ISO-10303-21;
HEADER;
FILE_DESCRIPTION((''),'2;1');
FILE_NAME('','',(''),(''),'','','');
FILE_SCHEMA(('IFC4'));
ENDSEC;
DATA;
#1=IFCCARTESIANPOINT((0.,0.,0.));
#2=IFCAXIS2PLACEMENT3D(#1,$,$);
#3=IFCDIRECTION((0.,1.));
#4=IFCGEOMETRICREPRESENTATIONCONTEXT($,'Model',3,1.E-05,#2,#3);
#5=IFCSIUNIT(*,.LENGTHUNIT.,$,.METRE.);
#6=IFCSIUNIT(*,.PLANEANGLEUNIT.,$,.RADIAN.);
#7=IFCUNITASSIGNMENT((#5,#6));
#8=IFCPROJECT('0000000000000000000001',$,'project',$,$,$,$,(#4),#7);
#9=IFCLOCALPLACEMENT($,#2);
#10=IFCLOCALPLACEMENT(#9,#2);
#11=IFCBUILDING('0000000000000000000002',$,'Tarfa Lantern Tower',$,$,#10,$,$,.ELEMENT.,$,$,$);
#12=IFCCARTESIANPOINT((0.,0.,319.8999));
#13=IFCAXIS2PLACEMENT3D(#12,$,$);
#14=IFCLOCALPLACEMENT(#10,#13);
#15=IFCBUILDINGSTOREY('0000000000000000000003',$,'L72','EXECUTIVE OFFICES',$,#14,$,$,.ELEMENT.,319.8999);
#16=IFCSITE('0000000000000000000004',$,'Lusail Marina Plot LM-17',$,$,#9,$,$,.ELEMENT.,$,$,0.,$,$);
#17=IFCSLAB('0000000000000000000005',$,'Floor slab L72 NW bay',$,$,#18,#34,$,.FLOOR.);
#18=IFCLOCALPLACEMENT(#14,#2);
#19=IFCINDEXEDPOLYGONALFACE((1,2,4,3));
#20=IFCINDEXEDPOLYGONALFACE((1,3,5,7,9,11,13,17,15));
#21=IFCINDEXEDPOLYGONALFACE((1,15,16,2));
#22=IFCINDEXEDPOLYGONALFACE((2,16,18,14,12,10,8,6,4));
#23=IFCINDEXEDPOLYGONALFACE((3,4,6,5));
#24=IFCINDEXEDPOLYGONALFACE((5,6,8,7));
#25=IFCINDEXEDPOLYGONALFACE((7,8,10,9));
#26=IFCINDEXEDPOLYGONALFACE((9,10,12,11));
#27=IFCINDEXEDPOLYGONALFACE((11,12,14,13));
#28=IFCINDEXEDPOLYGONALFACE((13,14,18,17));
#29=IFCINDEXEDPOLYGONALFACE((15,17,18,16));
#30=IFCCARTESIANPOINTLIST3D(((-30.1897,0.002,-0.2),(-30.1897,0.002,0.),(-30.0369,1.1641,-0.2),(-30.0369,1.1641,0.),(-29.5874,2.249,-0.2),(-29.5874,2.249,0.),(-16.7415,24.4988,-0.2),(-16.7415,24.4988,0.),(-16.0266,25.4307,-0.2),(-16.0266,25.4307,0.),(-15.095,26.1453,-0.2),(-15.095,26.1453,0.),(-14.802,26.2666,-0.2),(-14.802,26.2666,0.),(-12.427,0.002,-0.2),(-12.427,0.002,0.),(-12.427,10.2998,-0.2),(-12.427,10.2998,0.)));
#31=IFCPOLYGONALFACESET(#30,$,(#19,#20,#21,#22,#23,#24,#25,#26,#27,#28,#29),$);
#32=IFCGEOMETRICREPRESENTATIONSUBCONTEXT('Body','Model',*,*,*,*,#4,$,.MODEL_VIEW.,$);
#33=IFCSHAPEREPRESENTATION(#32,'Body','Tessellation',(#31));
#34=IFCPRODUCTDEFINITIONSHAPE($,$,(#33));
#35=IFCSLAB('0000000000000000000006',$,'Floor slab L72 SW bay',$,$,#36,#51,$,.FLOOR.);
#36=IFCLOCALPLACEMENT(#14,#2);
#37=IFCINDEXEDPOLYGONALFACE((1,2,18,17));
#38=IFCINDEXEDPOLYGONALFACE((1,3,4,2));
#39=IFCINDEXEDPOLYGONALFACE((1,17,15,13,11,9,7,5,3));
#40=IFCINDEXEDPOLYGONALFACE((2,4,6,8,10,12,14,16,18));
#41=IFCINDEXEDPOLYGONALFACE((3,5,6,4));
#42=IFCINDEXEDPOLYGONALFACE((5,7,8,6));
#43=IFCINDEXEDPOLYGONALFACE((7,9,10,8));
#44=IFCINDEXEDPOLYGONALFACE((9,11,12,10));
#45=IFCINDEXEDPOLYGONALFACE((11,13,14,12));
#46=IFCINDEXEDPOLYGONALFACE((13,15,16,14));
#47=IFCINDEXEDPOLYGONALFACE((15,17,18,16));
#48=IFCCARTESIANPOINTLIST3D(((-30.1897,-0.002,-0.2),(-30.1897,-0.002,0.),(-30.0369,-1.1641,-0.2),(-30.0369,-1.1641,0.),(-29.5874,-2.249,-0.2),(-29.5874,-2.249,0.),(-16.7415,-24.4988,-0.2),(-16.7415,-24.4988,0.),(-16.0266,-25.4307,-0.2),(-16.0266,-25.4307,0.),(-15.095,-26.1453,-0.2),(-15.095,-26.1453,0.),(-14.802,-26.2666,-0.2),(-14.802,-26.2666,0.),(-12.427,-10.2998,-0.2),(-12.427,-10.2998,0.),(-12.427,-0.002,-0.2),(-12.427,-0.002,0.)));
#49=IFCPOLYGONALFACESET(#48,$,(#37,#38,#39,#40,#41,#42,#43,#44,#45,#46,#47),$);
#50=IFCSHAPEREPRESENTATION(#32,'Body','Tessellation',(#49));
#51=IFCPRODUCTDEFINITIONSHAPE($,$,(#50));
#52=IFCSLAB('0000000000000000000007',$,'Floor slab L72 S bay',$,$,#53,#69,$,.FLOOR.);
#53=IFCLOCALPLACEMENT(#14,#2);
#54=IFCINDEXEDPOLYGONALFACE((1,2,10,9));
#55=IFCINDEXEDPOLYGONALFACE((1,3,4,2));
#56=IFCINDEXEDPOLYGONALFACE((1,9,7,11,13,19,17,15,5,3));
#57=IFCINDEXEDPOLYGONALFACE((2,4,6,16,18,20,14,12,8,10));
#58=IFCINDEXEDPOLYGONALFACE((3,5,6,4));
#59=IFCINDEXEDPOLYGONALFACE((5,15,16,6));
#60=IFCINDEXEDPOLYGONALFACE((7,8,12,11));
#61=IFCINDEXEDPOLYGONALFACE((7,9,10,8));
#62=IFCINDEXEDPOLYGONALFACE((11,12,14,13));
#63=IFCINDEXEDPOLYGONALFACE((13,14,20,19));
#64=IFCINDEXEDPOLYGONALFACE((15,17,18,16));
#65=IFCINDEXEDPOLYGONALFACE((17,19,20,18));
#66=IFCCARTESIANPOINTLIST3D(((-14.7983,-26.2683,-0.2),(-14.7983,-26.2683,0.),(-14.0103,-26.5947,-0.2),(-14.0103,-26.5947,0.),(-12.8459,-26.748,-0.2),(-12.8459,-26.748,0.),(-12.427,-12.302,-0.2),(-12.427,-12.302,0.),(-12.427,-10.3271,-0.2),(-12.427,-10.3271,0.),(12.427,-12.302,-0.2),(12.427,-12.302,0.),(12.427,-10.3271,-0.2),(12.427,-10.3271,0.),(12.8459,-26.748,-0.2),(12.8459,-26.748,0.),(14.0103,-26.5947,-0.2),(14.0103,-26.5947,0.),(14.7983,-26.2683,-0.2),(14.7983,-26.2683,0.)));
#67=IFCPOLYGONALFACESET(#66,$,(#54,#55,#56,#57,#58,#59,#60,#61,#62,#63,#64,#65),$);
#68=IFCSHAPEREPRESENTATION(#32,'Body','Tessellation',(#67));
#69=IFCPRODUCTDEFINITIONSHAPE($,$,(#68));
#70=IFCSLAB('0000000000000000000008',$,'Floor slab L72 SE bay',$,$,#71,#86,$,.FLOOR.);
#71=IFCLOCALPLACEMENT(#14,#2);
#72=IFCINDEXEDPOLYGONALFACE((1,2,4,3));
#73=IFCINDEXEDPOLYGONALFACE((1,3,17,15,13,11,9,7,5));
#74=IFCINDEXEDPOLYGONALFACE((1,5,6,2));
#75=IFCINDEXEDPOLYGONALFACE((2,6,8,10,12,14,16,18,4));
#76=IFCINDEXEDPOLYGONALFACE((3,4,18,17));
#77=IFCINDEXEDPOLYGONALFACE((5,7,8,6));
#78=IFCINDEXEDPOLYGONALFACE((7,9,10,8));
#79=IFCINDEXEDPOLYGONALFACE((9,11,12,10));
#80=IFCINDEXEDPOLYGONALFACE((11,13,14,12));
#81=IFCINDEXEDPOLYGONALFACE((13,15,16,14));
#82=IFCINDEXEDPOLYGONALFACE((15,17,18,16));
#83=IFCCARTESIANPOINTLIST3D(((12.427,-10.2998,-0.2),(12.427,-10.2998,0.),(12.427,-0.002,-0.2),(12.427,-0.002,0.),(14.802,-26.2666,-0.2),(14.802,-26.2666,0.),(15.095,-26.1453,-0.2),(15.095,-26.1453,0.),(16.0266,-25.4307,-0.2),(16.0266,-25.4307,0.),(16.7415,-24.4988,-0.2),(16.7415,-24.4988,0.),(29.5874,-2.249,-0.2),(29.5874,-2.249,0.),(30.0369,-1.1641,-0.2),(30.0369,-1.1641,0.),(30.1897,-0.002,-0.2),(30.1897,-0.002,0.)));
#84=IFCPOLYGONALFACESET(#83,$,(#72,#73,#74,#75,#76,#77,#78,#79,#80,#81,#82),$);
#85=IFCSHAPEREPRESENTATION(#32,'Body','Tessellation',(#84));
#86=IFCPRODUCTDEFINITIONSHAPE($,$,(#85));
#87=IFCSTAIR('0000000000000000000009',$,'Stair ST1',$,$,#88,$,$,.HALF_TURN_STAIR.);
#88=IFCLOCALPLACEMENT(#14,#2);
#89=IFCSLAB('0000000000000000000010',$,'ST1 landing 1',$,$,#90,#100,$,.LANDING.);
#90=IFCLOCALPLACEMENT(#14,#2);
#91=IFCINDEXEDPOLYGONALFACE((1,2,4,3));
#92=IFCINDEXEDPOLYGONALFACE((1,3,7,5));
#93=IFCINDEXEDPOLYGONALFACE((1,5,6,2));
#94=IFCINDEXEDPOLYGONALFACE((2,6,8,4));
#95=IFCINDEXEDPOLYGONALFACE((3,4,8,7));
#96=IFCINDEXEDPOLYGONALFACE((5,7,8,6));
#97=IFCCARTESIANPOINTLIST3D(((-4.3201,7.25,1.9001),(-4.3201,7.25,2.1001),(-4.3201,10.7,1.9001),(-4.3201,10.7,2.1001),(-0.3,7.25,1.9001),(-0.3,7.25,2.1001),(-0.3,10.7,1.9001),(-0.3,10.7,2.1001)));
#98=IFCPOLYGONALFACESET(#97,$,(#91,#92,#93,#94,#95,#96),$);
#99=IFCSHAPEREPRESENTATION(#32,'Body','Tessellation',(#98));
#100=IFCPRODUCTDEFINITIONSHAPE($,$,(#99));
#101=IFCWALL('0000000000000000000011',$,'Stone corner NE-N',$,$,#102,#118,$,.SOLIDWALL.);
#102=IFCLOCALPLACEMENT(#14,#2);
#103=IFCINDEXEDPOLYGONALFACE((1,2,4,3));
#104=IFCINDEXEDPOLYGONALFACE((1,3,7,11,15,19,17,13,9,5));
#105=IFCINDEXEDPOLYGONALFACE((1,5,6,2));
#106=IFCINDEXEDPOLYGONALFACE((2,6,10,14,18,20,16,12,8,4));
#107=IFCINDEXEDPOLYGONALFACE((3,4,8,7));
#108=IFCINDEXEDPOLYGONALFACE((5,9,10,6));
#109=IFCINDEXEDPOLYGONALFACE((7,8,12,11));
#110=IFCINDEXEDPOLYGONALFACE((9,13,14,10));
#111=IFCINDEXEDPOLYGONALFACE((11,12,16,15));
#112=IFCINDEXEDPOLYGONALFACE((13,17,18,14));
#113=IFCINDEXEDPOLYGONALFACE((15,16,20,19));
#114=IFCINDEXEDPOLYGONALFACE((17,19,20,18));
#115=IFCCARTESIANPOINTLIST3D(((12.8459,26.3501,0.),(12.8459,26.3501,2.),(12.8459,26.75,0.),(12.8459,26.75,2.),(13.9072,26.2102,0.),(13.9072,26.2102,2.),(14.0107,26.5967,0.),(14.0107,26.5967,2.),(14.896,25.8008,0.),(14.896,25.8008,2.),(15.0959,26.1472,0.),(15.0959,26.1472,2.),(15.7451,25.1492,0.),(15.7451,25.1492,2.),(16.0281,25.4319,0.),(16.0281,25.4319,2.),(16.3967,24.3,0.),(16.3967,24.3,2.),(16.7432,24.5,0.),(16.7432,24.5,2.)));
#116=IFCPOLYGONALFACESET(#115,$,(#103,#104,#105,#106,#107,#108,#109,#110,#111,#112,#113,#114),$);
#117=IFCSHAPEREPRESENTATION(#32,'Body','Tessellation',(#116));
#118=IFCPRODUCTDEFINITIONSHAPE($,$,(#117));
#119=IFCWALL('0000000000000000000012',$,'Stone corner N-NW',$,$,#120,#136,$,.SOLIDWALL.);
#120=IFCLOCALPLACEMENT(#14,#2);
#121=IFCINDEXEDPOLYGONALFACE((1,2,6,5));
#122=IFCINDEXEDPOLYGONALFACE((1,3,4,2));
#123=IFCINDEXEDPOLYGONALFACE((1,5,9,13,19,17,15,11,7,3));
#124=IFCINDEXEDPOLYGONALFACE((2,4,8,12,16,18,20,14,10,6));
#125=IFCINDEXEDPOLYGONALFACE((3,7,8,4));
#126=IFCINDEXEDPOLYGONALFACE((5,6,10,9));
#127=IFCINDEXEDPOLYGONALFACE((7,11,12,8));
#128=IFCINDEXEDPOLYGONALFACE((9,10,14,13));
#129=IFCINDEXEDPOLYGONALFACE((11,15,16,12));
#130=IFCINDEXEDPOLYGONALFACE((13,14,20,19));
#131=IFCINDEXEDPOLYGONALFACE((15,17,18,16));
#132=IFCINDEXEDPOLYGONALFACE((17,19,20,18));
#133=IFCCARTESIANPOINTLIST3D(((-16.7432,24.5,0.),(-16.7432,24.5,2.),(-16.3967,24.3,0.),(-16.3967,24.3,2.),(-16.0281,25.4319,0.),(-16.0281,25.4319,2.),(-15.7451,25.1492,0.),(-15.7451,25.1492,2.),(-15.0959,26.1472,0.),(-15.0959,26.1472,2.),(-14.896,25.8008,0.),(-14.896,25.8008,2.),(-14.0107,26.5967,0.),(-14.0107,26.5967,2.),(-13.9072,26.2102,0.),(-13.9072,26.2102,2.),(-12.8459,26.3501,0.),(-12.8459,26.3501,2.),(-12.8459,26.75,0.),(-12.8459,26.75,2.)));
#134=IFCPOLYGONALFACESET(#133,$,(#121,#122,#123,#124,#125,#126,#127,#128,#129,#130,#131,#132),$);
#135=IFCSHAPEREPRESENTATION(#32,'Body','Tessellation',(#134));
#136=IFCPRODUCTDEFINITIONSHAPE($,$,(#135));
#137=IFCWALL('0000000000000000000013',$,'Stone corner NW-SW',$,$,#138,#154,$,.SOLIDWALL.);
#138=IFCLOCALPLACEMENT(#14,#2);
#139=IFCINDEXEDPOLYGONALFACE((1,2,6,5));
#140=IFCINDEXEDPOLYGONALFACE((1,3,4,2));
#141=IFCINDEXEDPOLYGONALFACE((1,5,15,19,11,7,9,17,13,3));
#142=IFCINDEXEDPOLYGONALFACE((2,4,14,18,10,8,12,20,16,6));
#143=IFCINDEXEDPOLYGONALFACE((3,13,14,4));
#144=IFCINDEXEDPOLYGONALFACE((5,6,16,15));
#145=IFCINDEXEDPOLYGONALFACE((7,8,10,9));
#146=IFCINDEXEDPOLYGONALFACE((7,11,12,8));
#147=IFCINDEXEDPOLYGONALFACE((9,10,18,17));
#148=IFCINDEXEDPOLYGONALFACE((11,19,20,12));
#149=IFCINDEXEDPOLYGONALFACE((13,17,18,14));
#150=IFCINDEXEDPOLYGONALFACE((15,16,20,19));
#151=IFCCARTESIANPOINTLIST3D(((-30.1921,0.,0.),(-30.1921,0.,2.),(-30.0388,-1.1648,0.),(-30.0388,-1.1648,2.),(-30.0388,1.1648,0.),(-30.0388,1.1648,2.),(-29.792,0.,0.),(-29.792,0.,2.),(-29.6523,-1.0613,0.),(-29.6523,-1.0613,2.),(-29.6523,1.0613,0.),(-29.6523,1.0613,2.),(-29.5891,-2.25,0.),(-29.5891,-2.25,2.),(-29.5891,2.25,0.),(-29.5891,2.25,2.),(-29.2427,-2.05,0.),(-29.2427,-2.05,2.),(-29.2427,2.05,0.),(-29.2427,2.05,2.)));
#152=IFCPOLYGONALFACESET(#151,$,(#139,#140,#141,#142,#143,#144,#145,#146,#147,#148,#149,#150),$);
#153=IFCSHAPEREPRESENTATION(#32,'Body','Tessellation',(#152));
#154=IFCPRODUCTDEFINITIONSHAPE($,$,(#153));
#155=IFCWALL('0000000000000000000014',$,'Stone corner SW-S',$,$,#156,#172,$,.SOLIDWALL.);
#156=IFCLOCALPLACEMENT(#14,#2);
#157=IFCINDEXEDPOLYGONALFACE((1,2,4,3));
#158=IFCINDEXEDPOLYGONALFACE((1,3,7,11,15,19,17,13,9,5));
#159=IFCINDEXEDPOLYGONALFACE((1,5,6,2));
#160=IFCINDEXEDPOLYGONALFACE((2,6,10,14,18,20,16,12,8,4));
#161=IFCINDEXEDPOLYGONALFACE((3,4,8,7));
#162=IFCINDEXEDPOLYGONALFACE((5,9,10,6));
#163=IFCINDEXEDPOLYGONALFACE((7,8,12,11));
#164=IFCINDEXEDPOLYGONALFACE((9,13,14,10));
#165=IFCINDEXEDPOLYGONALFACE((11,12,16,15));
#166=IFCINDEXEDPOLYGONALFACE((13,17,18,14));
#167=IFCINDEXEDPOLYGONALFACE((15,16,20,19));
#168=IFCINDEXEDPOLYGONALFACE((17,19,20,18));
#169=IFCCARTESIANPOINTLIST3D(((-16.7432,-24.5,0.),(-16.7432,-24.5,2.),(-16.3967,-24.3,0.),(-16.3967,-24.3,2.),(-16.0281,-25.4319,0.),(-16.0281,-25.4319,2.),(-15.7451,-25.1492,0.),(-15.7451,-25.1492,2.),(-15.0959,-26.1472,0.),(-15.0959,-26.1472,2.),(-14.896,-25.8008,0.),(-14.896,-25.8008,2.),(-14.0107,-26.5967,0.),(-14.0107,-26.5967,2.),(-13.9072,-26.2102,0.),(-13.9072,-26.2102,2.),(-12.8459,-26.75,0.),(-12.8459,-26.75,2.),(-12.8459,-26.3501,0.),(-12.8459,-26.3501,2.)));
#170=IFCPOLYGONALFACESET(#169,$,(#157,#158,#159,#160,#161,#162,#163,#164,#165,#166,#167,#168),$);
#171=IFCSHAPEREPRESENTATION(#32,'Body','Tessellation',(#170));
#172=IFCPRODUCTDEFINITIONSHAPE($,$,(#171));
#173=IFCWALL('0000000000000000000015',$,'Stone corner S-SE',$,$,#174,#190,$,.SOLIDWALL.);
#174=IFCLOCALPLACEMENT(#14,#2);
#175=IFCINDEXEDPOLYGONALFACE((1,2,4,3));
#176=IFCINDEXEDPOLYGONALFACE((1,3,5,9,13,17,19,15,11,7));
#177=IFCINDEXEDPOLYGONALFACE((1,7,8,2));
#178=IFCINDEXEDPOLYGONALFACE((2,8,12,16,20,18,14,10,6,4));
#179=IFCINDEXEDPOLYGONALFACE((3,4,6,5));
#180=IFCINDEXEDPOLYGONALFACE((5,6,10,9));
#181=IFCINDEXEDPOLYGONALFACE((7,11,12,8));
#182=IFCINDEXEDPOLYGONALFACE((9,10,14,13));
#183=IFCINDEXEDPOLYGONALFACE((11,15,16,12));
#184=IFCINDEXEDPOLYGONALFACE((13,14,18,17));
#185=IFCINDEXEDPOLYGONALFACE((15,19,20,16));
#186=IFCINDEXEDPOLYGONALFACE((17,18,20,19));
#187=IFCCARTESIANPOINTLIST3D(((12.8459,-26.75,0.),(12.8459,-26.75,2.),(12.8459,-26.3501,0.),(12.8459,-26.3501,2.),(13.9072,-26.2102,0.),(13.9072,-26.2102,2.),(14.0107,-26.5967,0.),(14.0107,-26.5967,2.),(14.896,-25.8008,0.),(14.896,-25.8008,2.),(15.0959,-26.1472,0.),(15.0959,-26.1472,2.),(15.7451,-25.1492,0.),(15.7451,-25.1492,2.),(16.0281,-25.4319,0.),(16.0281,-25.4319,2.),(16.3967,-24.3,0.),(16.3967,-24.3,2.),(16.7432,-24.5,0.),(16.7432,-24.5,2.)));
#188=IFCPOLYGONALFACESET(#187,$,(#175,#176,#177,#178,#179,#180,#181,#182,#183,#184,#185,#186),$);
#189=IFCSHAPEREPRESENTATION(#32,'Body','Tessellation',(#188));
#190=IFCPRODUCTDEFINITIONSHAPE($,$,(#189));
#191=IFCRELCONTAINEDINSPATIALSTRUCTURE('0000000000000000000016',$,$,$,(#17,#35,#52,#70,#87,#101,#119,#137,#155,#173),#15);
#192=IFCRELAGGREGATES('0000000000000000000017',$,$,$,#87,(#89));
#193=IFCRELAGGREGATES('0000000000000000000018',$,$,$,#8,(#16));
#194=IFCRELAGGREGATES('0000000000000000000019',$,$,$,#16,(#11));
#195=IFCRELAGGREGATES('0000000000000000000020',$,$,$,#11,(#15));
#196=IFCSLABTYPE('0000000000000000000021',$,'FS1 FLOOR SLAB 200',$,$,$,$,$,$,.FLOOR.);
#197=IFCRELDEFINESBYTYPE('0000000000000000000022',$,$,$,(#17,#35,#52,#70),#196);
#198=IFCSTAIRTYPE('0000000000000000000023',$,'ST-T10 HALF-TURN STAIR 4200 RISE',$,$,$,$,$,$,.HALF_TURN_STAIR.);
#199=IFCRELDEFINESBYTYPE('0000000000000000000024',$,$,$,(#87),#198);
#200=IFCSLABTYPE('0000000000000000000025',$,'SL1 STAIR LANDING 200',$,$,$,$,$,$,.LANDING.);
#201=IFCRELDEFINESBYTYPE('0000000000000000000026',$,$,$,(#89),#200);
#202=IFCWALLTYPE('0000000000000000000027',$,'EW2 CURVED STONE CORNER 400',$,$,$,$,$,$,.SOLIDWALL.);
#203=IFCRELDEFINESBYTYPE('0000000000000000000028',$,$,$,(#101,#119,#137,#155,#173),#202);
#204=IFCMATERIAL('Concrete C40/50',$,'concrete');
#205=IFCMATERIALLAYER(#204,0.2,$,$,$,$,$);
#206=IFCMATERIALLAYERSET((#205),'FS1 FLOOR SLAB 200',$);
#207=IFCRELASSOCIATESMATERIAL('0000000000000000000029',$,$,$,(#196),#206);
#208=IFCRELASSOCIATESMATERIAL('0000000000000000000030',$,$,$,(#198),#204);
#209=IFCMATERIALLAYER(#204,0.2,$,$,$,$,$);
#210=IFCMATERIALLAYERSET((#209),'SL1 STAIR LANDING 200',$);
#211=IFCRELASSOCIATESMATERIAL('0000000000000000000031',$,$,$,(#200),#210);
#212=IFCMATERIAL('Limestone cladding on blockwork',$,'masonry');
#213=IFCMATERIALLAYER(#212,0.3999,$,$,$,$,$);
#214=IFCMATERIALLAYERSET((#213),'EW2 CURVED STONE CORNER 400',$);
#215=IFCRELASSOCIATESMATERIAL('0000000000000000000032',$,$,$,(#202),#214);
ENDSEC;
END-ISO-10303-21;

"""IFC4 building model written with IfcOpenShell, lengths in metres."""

from ifc_helpers import new_model, si_unit, direction, frame, origin, place, context, subcontext, project, spatial, polyline, outline, extrude, material, layer, layer_set, type_object, element, aggregate, save


model = new_model("IFC4")

# Units and contexts
model_context = context("Model", 3, precision=1e-05, world=origin(), true_north=direction((0.0, 1.0)))
body_context = subcontext(model_context, "Body", "Model", "MODEL_VIEW")
ifc_project = project(units=[si_unit("LENGTHUNIT", "METRE"), si_unit("PLANEANGLEUNIT", "RADIAN")], contexts=[model_context])

# Site, building, storey
site_placement = place(None, origin())
site = spatial("IfcSite", under=ifc_project, at=site_placement, Name="Lusail Marina Plot LM-17", CompositionType="ELEMENT", RefElevation=0.0)
building_placement = place(site_placement, origin())
building = spatial("IfcBuilding", under=site, at=building_placement, Name="Tarfa Lantern Tower", CompositionType="ELEMENT")
storey_placement = place(building_placement, frame((0.0, 0.0, 319.8999)))
storey = spatial("IfcBuildingStorey", under=building, at=storey_placement, Name="L72", Description="EXECUTIVE OFFICES", CompositionType="ELEMENT", Elevation=319.8999)

# Shared definitions
ifc_material_1 = material(Name="Concrete C40/50", Category="concrete")

# Slabs
ifc_layer_1 = layer(ifc_material_1, 0.2)
ifc_layer_set_1 = layer_set([ifc_layer_1], Name="FS1 FLOOR SLAB 200")
slab_type_1 = type_object("IfcSlabType", Name="FS1 FLOOR SLAB 200", PredefinedType="FLOOR", material=ifc_layer_set_1)
slab_1_placement = place(storey_placement, frame((0.0, 0.0, -0.2)))
element("IfcSlab", 1, at=slab_1_placement, inside=storey, type_object=slab_type_1, Name="Floor slab L72 NW bay", PredefinedType="FLOOR", context=body_context, shape_type="SweptSolid", body=[
    extrude(outline(polyline([(-12.427, 0.002), (-12.427, 10.2998), (-14.802, 26.2666), (-15.095, 26.1453), (-16.0266, 25.4307), (-16.7415, 24.4988), (-29.5874, 2.249), (-30.0369, 1.1641), (-30.1897, 0.002), (-12.427, 0.002)])), origin(), (0.0, 0.0, 1.0), 0.2),
])
slab_2_placement = place(storey_placement, frame((0.0, 0.0, -0.2)))
element("IfcSlab", 2, at=slab_2_placement, inside=storey, type_object=slab_type_1, Name="Floor slab L72 SW bay", PredefinedType="FLOOR", context=body_context, shape_type="SweptSolid", body=[
    extrude(outline(polyline([(-12.427, -10.2998), (-12.427, -0.002), (-30.1897, -0.002), (-30.0369, -1.1641), (-29.5874, -2.249), (-16.7415, -24.4988), (-16.0266, -25.4307), (-15.095, -26.1453), (-14.802, -26.2666), (-12.427, -10.2998)])), origin(), (0.0, 0.0, 1.0), 0.2),
])
slab_3_placement = place(storey_placement, frame((0.0, 0.0, -0.2)))
element("IfcSlab", 3, at=slab_3_placement, inside=storey, type_object=slab_type_1, Name="Floor slab L72 S bay", PredefinedType="FLOOR", context=body_context, shape_type="SweptSolid", body=[
    extrude(outline(polyline([(12.427, -10.3271), (12.427, -12.302), (-12.427, -12.302), (-12.427, -10.3271), (-14.7983, -26.2683), (-14.0103, -26.5947), (-12.8459, -26.748), (12.8459, -26.748), (14.0103, -26.5947), (14.7983, -26.2683), (12.427, -10.3271)])), origin(), (0.0, 0.0, 1.0), 0.2),
])
slab_4_placement = place(storey_placement, frame((0.0, 0.0, -0.2)))
element("IfcSlab", 4, at=slab_4_placement, inside=storey, type_object=slab_type_1, Name="Floor slab L72 SE bay", PredefinedType="FLOOR", context=body_context, shape_type="SweptSolid", body=[
    extrude(outline(polyline([(12.427, -0.002), (12.427, -10.2998), (14.802, -26.2666), (15.095, -26.1453), (16.0266, -25.4307), (16.7415, -24.4988), (29.5874, -2.249), (30.0369, -1.1641), (30.1897, -0.002), (12.427, -0.002)])), origin(), (0.0, 0.0, 1.0), 0.2),
])

# Stair, slab
stair_type = type_object("IfcStairType", Name="ST-T10 HALF-TURN STAIR 4200 RISE", PredefinedType="HALF_TURN_STAIR", material=ifc_material_1)
stair_placement = place(storey_placement, origin())
stair = element("IfcStair", 5, at=stair_placement, inside=storey, type_object=stair_type, Name="Stair ST1", PredefinedType="HALF_TURN_STAIR")
ifc_layer_2 = layer(ifc_material_1, 0.2)
ifc_layer_set_2 = layer_set([ifc_layer_2], Name="SL1 STAIR LANDING 200")
slab_type_2 = type_object("IfcSlabType", Name="SL1 STAIR LANDING 200", PredefinedType="LANDING", material=ifc_layer_set_2)
slab_5_placement = place(storey_placement, frame((0.0, 0.0, 1.9001)))
slab_5 = element("IfcSlab", 6, at=slab_5_placement, type_object=slab_type_2, Name="ST1 landing 1", PredefinedType="LANDING", context=body_context, shape_type="SweptSolid", body=[
    extrude(outline(polyline([(-4.3201, 7.25), (-0.3, 7.25), (-0.3, 10.7), (-4.3201, 10.7), (-4.3201, 7.25)])), origin(), (0.0, 0.0, 1.0), 0.2),
])
aggregate(stair, [slab_5])

# Walls
ifc_material_2 = material(Name="Limestone cladding on blockwork", Category="masonry")
ifc_layer_3 = layer(ifc_material_2, 0.3999)
ifc_layer_set_3 = layer_set([ifc_layer_3], Name="EW2 CURVED STONE CORNER 400")
wall_type_1 = type_object("IfcWallType", Name="EW2 CURVED STONE CORNER 400", PredefinedType="SOLIDWALL", material=ifc_layer_set_3)
wall_1_placement = place(storey_placement, origin())
element("IfcWall", 7, at=wall_1_placement, inside=storey, type_object=wall_type_1, Name="Stone corner NE-N", PredefinedType="SOLIDWALL", context=body_context, shape_type="SweptSolid", body=[
    extrude(outline(polyline([(16.7432, 24.5), (16.0281, 25.4319), (15.0959, 26.1472), (14.0107, 26.5967), (12.8459, 26.75), (12.8459, 26.3501), (13.9072, 26.2102), (14.896, 25.8008), (15.7451, 25.1492), (16.3967, 24.3), (16.7432, 24.5)])), origin(), (0.0, 0.0, 1.0), 2.0),
])
wall_2_placement = place(storey_placement, origin())
element("IfcWall", 8, at=wall_2_placement, inside=storey, type_object=wall_type_1, Name="Stone corner N-NW", PredefinedType="SOLIDWALL", context=body_context, shape_type="SweptSolid", body=[
    extrude(outline(polyline([(-12.8459, 26.75), (-14.0107, 26.5967), (-15.0959, 26.1472), (-16.0281, 25.4319), (-16.7432, 24.5), (-16.3967, 24.3), (-15.7451, 25.1492), (-14.896, 25.8008), (-13.9072, 26.2102), (-12.8459, 26.3501), (-12.8459, 26.75)])), origin(), (0.0, 0.0, 1.0), 2.0),
])
wall_3_placement = place(storey_placement, origin())
element("IfcWall", 9, at=wall_3_placement, inside=storey, type_object=wall_type_1, Name="Stone corner NW-SW", PredefinedType="SOLIDWALL", context=body_context, shape_type="SweptSolid", body=[
    extrude(outline(polyline([(-29.5891, 2.25), (-30.0388, 1.1648), (-30.1921, 0.0), (-30.0388, -1.1648), (-29.5891, -2.25), (-29.2427, -2.05), (-29.6523, -1.0613), (-29.792, 0.0), (-29.6523, 1.0613), (-29.2427, 2.05), (-29.5891, 2.25)])), origin(), (0.0, 0.0, 1.0), 2.0),
])
wall_4_placement = place(storey_placement, origin())
element("IfcWall", 10, at=wall_4_placement, inside=storey, type_object=wall_type_1, Name="Stone corner SW-S", PredefinedType="SOLIDWALL", context=body_context, shape_type="SweptSolid", body=[
    extrude(outline(polyline([(-16.7432, -24.5), (-16.0281, -25.4319), (-15.0959, -26.1472), (-14.0107, -26.5967), (-12.8459, -26.75), (-12.8459, -26.3501), (-13.9072, -26.2102), (-14.896, -25.8008), (-15.7451, -25.1492), (-16.3967, -24.3), (-16.7432, -24.5)])), origin(), (0.0, 0.0, 1.0), 2.0),
])
wall_5_placement = place(storey_placement, origin())
element("IfcWall", 11, at=wall_5_placement, inside=storey, type_object=wall_type_1, Name="Stone corner S-SE", PredefinedType="SOLIDWALL", context=body_context, shape_type="SweptSolid", body=[
    extrude(outline(polyline([(12.8459, -26.75), (14.0107, -26.5967), (15.0959, -26.1472), (16.0281, -25.4319), (16.7432, -24.5), (16.3967, -24.3), (15.7451, -25.1492), (14.896, -25.8008), (13.9072, -26.2102), (12.8459, -26.3501), (12.8459, -26.75)])), origin(), (0.0, 0.0, 1.0), 2.0),
])

save(model, "model.ifc")
